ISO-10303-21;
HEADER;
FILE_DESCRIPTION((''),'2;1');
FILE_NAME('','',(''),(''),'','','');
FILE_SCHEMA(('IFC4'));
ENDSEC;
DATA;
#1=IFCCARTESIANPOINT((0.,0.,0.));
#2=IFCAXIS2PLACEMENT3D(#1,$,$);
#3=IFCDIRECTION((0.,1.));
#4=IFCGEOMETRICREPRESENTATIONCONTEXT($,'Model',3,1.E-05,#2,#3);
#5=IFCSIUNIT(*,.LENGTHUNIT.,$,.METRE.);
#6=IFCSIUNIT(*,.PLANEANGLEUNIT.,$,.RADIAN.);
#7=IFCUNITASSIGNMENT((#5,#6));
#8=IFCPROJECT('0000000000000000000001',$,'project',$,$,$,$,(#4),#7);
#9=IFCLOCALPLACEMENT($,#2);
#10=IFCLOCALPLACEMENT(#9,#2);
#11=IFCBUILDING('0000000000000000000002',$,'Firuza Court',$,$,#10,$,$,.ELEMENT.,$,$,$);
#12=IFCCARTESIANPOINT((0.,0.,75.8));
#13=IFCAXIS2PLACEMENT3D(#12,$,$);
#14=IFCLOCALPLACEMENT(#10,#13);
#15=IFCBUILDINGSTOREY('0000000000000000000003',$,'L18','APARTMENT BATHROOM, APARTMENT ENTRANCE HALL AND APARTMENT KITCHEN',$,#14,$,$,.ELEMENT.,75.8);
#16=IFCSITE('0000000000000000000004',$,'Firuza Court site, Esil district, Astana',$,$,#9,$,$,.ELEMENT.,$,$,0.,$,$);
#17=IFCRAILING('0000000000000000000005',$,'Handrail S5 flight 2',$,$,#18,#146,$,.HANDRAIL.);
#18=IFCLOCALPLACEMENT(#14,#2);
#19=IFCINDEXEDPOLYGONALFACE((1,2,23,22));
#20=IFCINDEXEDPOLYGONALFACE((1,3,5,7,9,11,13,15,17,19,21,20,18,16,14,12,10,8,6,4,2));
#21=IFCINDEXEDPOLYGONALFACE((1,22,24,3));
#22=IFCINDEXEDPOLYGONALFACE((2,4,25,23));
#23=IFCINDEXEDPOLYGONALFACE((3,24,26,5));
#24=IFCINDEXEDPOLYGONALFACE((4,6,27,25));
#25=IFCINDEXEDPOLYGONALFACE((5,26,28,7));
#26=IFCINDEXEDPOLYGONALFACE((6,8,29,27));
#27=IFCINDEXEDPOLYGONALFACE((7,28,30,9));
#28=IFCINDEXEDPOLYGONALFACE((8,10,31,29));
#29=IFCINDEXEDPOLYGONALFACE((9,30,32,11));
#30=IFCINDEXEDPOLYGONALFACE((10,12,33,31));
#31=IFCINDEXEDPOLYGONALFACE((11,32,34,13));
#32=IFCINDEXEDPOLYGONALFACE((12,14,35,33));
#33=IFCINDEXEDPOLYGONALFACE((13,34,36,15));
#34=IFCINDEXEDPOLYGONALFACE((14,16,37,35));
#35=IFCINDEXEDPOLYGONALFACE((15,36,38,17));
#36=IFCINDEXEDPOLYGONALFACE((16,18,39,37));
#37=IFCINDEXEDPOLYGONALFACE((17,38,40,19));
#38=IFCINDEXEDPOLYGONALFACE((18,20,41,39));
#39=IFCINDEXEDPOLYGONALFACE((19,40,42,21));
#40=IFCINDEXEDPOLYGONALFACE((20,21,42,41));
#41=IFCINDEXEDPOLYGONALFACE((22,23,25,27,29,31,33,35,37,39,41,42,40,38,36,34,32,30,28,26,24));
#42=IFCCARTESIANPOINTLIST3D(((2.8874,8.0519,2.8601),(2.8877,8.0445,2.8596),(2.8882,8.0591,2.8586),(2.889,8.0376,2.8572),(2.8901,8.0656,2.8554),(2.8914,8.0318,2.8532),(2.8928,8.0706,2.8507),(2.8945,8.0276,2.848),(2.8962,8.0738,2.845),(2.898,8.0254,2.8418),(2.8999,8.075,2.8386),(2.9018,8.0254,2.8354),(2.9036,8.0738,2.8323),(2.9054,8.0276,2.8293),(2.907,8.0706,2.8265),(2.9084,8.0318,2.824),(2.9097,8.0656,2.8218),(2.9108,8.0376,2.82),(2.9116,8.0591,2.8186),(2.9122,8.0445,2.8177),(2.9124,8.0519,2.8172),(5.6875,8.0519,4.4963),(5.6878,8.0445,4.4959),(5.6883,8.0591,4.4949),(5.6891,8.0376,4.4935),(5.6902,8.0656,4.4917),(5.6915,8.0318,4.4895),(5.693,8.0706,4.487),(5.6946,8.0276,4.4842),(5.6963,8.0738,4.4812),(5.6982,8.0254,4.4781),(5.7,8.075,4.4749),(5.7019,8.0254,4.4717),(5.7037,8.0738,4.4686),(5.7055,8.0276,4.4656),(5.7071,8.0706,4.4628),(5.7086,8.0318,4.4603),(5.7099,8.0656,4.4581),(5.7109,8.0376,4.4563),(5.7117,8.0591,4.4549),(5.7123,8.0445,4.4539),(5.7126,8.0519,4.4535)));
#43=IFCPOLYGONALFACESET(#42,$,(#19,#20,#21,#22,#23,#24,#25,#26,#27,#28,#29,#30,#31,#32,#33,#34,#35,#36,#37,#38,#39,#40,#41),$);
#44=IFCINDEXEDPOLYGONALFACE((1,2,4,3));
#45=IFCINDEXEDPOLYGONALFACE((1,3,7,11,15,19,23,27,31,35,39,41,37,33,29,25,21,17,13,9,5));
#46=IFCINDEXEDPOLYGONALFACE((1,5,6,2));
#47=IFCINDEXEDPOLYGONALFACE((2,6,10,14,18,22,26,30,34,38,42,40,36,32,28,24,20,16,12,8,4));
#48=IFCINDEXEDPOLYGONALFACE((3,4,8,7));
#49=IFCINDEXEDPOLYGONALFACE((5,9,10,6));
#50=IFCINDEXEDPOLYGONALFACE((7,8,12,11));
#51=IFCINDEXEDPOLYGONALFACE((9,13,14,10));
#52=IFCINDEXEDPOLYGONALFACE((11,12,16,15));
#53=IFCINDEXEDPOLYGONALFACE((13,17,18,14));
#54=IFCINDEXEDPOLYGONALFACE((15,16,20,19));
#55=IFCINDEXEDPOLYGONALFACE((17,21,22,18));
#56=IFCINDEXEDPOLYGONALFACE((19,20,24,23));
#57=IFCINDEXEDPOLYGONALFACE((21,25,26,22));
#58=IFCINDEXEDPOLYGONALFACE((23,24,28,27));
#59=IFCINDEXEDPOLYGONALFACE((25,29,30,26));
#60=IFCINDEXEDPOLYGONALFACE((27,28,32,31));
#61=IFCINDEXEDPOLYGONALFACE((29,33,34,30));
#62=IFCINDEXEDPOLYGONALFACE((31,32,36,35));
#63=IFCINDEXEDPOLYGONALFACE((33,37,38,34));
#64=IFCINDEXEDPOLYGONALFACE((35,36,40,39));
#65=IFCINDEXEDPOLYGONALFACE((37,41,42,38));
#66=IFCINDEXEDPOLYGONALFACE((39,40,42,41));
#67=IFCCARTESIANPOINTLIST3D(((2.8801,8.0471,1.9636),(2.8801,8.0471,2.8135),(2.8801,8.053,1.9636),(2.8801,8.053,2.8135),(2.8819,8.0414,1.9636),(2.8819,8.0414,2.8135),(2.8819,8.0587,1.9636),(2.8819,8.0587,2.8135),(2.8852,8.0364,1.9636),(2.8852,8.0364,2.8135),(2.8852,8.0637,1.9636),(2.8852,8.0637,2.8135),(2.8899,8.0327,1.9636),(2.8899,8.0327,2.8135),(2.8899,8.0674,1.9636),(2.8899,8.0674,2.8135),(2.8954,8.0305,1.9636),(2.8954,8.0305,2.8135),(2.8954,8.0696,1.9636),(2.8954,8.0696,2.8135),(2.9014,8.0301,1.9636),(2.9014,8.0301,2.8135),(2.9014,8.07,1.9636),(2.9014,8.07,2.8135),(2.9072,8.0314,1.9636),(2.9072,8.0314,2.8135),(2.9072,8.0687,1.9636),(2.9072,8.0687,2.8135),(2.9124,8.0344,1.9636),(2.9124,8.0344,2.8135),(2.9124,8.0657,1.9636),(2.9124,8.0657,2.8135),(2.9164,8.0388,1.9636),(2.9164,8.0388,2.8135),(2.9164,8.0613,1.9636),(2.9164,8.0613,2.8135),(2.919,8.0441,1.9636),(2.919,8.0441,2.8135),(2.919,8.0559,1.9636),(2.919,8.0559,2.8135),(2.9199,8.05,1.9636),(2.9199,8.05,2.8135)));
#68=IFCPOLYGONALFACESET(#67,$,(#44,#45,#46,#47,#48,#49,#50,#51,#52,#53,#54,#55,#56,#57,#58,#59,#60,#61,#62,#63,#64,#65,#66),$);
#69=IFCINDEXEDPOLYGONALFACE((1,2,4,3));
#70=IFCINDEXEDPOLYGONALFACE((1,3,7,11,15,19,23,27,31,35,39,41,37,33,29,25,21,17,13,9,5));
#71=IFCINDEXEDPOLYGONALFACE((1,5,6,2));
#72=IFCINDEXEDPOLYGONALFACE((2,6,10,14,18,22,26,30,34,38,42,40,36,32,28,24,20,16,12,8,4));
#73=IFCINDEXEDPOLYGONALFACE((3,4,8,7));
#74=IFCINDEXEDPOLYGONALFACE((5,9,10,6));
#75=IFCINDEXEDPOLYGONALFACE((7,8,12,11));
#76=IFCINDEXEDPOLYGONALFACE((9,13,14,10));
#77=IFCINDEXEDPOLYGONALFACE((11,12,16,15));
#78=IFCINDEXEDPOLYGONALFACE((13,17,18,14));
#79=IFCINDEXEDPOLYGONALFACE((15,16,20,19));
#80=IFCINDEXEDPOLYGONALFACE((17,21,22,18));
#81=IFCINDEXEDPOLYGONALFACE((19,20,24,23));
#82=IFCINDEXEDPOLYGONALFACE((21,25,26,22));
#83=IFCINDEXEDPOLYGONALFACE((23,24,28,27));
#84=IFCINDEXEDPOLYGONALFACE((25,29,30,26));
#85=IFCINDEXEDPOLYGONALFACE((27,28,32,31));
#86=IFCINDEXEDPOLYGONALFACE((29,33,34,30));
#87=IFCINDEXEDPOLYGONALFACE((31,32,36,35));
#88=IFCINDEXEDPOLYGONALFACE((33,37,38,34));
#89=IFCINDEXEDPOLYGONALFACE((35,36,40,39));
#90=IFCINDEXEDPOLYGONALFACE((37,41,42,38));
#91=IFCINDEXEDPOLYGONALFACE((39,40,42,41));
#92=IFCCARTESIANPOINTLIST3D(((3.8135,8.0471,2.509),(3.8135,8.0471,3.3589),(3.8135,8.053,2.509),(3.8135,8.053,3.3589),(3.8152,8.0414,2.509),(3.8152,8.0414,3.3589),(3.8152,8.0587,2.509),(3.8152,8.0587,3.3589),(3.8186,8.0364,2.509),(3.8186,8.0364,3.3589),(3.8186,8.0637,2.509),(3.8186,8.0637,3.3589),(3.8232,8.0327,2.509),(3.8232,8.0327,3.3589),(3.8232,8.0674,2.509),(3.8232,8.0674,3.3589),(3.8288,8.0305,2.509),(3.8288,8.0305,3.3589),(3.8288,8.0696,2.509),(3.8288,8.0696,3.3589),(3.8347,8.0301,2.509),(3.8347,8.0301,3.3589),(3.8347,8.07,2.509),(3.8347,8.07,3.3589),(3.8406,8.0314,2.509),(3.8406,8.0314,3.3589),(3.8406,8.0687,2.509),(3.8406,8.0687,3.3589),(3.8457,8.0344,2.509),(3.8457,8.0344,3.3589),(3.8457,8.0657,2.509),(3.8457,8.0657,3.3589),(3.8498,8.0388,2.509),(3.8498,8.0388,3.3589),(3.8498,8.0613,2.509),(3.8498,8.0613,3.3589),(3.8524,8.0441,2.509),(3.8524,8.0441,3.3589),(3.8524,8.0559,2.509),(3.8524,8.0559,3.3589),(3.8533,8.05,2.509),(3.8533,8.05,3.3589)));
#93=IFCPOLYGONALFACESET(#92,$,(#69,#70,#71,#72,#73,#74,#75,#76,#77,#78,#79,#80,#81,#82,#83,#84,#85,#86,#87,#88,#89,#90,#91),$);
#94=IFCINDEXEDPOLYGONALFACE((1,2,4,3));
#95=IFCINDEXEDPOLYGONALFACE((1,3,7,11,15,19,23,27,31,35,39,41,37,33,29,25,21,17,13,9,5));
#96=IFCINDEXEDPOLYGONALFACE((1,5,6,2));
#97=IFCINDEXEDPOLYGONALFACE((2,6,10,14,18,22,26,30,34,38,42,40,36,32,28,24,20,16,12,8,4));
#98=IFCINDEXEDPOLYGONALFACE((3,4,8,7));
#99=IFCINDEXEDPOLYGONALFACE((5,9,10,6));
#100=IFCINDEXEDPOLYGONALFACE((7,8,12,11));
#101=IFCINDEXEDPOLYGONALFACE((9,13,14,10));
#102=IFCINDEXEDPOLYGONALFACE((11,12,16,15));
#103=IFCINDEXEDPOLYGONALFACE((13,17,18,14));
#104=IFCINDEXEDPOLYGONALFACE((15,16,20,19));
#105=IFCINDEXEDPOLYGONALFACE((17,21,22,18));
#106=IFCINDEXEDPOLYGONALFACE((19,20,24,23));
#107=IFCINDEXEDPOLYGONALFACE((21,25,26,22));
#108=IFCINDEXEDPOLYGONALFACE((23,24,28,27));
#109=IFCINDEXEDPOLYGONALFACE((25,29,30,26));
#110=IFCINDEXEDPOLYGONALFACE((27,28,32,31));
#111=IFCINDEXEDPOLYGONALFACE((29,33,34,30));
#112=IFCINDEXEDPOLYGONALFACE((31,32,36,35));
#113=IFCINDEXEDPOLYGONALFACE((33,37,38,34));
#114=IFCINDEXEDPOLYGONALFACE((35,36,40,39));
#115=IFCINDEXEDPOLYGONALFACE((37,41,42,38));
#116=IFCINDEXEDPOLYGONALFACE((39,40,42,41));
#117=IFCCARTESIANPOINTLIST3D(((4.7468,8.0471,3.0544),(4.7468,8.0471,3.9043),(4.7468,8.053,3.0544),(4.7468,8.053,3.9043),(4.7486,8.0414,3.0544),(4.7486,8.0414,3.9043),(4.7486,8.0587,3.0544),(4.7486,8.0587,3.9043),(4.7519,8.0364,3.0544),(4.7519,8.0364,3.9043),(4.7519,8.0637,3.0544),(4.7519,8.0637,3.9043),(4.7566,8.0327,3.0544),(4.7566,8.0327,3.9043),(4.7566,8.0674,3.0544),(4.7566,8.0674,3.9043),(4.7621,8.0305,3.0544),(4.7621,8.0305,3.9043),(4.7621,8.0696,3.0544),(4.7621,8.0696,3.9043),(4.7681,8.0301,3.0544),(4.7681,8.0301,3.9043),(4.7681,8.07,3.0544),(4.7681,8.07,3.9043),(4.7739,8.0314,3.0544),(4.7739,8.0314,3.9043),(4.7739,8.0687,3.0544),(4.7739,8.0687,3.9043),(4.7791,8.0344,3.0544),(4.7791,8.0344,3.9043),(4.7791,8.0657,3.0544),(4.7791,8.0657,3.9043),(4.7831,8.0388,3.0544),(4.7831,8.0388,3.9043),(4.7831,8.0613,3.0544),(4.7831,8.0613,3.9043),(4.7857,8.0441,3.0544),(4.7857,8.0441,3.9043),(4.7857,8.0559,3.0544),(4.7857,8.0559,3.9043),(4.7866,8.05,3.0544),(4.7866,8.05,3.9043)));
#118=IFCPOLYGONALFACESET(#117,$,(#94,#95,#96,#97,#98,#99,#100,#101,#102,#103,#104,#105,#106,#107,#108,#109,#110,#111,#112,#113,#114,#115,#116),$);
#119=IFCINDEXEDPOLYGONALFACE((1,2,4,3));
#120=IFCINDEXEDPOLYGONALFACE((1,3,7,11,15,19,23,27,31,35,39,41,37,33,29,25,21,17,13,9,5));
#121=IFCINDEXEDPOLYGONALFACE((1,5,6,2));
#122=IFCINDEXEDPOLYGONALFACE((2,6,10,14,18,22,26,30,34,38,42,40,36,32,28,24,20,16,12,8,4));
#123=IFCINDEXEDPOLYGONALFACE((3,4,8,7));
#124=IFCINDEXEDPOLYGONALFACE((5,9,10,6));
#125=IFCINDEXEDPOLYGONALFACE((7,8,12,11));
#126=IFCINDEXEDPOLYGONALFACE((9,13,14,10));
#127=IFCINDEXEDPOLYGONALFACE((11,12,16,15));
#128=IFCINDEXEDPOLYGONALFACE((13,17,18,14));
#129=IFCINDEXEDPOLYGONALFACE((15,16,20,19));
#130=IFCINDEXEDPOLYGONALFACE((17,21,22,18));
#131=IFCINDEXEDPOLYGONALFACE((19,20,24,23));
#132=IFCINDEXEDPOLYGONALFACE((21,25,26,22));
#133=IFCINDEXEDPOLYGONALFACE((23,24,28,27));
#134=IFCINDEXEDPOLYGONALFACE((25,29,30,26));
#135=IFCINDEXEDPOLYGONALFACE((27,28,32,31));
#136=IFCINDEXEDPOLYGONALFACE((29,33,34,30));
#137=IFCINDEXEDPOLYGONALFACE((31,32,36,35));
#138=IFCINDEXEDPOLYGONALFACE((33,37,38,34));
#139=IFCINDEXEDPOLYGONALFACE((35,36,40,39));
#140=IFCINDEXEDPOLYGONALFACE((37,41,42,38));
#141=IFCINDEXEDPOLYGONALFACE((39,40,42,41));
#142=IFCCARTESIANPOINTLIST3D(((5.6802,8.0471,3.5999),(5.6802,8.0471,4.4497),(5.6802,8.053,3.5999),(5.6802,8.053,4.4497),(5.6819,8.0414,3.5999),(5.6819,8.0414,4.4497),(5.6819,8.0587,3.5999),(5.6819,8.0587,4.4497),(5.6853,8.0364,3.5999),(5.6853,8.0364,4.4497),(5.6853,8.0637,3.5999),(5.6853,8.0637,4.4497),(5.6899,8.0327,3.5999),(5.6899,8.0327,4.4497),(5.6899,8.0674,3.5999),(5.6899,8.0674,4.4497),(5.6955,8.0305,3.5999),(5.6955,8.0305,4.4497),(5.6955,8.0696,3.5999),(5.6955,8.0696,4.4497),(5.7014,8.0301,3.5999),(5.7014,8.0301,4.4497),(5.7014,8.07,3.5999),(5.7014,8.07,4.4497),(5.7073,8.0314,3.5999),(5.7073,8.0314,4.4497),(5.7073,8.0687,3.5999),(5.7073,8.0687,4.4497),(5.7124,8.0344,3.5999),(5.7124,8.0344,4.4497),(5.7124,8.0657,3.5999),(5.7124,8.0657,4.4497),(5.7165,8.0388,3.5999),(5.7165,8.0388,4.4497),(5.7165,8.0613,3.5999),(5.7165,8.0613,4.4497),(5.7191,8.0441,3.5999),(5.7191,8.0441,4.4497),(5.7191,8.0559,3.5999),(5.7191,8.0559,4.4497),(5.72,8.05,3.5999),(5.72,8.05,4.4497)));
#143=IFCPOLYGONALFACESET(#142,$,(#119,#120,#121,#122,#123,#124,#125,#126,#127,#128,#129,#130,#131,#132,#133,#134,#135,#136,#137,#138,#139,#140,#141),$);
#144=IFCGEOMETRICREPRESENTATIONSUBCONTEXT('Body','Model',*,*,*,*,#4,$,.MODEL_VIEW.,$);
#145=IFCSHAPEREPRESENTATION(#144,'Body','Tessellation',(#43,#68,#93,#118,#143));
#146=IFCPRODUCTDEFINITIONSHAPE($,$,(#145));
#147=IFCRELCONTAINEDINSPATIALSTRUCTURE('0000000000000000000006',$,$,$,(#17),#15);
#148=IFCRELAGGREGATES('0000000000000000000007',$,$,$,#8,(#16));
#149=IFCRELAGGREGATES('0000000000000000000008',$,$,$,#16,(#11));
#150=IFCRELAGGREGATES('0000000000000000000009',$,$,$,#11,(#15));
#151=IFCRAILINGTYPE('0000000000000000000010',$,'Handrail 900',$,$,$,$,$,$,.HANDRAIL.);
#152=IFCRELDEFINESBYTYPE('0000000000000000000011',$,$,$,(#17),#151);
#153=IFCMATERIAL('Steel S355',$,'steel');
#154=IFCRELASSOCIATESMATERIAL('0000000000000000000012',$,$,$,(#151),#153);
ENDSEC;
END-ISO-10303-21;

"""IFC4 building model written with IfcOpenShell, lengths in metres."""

from ifc_helpers import new_model, si_unit, direction, frame, origin, origin_2d, place, context, subcontext, project, spatial, circle, extrude, material, type_object, element, save


model = new_model("IFC4")

# Units and contexts
model_context = context("Model", 3, precision=1e-05, world=origin(), true_north=direction((0.0, 1.0)))
body_context = subcontext(model_context, "Body", "Model", "MODEL_VIEW")
ifc_project = project(units=[si_unit("LENGTHUNIT", "METRE"), si_unit("PLANEANGLEUNIT", "RADIAN")], contexts=[model_context])

# Site, building, storey
site_placement = place(None, origin())
site = spatial("IfcSite", under=ifc_project, at=site_placement, Name="Firuza Court site, Esil district, Astana", CompositionType="ELEMENT", RefElevation=0.0)
building_placement = place(site_placement, origin())
building = spatial("IfcBuilding", under=site, at=building_placement, Name="Firuza Court", CompositionType="ELEMENT")
storey_placement = place(building_placement, frame((0.0, 0.0, 75.8)))
storey = spatial("IfcBuildingStorey", under=building, at=storey_placement, Name="L18", Description="APARTMENT BATHROOM, APARTMENT ENTRANCE HALL AND APARTMENT KITCHEN", CompositionType="ELEMENT", Elevation=75.8)

# Railing
ifc_material_1 = material(Name="Steel S355", Category="steel")
railing_type_1 = type_object("IfcRailingType", Name="Handrail 900", PredefinedType="HANDRAIL", material=ifc_material_1)
railing_1_placement = place(storey_placement, frame((2.8999, 8.05, 1.9636)))
element("IfcRailing", 1, at=railing_1_placement, inside=storey, type_object=railing_type_1, Name="Handrail S5 flight 2", PredefinedType="HANDRAIL", context=body_context, shape_type="SweptSolid", body=[
    extrude(circle(Radius=0.0249, at=origin_2d()), frame((0.0, 0.0, 0.875), z_axis=(0.863394, 0.0, 0.504531), x_axis=(0.0, 1.0, 0.0)), (0.0, 0.0, 1.0), 3.2432),
    extrude(circle(Radius=0.02, at=origin_2d()), origin(), (0.0, 0.0, 1.0), 0.8499),
    extrude(circle(Radius=0.02, at=origin_2d()), frame((0.9333, 0.0, 0.5454)), (0.0, 0.0, 1.0), 0.8499),
    extrude(circle(Radius=0.02, at=origin_2d()), frame((1.8667, 0.0, 1.0908)), (0.0, 0.0, 1.0), 0.8499),
    extrude(circle(Radius=0.02, at=origin_2d()), frame((2.8, 0.0, 1.6362)), (0.0, 0.0, 1.0), 0.8499),
])

save(model, "model.ifc")
